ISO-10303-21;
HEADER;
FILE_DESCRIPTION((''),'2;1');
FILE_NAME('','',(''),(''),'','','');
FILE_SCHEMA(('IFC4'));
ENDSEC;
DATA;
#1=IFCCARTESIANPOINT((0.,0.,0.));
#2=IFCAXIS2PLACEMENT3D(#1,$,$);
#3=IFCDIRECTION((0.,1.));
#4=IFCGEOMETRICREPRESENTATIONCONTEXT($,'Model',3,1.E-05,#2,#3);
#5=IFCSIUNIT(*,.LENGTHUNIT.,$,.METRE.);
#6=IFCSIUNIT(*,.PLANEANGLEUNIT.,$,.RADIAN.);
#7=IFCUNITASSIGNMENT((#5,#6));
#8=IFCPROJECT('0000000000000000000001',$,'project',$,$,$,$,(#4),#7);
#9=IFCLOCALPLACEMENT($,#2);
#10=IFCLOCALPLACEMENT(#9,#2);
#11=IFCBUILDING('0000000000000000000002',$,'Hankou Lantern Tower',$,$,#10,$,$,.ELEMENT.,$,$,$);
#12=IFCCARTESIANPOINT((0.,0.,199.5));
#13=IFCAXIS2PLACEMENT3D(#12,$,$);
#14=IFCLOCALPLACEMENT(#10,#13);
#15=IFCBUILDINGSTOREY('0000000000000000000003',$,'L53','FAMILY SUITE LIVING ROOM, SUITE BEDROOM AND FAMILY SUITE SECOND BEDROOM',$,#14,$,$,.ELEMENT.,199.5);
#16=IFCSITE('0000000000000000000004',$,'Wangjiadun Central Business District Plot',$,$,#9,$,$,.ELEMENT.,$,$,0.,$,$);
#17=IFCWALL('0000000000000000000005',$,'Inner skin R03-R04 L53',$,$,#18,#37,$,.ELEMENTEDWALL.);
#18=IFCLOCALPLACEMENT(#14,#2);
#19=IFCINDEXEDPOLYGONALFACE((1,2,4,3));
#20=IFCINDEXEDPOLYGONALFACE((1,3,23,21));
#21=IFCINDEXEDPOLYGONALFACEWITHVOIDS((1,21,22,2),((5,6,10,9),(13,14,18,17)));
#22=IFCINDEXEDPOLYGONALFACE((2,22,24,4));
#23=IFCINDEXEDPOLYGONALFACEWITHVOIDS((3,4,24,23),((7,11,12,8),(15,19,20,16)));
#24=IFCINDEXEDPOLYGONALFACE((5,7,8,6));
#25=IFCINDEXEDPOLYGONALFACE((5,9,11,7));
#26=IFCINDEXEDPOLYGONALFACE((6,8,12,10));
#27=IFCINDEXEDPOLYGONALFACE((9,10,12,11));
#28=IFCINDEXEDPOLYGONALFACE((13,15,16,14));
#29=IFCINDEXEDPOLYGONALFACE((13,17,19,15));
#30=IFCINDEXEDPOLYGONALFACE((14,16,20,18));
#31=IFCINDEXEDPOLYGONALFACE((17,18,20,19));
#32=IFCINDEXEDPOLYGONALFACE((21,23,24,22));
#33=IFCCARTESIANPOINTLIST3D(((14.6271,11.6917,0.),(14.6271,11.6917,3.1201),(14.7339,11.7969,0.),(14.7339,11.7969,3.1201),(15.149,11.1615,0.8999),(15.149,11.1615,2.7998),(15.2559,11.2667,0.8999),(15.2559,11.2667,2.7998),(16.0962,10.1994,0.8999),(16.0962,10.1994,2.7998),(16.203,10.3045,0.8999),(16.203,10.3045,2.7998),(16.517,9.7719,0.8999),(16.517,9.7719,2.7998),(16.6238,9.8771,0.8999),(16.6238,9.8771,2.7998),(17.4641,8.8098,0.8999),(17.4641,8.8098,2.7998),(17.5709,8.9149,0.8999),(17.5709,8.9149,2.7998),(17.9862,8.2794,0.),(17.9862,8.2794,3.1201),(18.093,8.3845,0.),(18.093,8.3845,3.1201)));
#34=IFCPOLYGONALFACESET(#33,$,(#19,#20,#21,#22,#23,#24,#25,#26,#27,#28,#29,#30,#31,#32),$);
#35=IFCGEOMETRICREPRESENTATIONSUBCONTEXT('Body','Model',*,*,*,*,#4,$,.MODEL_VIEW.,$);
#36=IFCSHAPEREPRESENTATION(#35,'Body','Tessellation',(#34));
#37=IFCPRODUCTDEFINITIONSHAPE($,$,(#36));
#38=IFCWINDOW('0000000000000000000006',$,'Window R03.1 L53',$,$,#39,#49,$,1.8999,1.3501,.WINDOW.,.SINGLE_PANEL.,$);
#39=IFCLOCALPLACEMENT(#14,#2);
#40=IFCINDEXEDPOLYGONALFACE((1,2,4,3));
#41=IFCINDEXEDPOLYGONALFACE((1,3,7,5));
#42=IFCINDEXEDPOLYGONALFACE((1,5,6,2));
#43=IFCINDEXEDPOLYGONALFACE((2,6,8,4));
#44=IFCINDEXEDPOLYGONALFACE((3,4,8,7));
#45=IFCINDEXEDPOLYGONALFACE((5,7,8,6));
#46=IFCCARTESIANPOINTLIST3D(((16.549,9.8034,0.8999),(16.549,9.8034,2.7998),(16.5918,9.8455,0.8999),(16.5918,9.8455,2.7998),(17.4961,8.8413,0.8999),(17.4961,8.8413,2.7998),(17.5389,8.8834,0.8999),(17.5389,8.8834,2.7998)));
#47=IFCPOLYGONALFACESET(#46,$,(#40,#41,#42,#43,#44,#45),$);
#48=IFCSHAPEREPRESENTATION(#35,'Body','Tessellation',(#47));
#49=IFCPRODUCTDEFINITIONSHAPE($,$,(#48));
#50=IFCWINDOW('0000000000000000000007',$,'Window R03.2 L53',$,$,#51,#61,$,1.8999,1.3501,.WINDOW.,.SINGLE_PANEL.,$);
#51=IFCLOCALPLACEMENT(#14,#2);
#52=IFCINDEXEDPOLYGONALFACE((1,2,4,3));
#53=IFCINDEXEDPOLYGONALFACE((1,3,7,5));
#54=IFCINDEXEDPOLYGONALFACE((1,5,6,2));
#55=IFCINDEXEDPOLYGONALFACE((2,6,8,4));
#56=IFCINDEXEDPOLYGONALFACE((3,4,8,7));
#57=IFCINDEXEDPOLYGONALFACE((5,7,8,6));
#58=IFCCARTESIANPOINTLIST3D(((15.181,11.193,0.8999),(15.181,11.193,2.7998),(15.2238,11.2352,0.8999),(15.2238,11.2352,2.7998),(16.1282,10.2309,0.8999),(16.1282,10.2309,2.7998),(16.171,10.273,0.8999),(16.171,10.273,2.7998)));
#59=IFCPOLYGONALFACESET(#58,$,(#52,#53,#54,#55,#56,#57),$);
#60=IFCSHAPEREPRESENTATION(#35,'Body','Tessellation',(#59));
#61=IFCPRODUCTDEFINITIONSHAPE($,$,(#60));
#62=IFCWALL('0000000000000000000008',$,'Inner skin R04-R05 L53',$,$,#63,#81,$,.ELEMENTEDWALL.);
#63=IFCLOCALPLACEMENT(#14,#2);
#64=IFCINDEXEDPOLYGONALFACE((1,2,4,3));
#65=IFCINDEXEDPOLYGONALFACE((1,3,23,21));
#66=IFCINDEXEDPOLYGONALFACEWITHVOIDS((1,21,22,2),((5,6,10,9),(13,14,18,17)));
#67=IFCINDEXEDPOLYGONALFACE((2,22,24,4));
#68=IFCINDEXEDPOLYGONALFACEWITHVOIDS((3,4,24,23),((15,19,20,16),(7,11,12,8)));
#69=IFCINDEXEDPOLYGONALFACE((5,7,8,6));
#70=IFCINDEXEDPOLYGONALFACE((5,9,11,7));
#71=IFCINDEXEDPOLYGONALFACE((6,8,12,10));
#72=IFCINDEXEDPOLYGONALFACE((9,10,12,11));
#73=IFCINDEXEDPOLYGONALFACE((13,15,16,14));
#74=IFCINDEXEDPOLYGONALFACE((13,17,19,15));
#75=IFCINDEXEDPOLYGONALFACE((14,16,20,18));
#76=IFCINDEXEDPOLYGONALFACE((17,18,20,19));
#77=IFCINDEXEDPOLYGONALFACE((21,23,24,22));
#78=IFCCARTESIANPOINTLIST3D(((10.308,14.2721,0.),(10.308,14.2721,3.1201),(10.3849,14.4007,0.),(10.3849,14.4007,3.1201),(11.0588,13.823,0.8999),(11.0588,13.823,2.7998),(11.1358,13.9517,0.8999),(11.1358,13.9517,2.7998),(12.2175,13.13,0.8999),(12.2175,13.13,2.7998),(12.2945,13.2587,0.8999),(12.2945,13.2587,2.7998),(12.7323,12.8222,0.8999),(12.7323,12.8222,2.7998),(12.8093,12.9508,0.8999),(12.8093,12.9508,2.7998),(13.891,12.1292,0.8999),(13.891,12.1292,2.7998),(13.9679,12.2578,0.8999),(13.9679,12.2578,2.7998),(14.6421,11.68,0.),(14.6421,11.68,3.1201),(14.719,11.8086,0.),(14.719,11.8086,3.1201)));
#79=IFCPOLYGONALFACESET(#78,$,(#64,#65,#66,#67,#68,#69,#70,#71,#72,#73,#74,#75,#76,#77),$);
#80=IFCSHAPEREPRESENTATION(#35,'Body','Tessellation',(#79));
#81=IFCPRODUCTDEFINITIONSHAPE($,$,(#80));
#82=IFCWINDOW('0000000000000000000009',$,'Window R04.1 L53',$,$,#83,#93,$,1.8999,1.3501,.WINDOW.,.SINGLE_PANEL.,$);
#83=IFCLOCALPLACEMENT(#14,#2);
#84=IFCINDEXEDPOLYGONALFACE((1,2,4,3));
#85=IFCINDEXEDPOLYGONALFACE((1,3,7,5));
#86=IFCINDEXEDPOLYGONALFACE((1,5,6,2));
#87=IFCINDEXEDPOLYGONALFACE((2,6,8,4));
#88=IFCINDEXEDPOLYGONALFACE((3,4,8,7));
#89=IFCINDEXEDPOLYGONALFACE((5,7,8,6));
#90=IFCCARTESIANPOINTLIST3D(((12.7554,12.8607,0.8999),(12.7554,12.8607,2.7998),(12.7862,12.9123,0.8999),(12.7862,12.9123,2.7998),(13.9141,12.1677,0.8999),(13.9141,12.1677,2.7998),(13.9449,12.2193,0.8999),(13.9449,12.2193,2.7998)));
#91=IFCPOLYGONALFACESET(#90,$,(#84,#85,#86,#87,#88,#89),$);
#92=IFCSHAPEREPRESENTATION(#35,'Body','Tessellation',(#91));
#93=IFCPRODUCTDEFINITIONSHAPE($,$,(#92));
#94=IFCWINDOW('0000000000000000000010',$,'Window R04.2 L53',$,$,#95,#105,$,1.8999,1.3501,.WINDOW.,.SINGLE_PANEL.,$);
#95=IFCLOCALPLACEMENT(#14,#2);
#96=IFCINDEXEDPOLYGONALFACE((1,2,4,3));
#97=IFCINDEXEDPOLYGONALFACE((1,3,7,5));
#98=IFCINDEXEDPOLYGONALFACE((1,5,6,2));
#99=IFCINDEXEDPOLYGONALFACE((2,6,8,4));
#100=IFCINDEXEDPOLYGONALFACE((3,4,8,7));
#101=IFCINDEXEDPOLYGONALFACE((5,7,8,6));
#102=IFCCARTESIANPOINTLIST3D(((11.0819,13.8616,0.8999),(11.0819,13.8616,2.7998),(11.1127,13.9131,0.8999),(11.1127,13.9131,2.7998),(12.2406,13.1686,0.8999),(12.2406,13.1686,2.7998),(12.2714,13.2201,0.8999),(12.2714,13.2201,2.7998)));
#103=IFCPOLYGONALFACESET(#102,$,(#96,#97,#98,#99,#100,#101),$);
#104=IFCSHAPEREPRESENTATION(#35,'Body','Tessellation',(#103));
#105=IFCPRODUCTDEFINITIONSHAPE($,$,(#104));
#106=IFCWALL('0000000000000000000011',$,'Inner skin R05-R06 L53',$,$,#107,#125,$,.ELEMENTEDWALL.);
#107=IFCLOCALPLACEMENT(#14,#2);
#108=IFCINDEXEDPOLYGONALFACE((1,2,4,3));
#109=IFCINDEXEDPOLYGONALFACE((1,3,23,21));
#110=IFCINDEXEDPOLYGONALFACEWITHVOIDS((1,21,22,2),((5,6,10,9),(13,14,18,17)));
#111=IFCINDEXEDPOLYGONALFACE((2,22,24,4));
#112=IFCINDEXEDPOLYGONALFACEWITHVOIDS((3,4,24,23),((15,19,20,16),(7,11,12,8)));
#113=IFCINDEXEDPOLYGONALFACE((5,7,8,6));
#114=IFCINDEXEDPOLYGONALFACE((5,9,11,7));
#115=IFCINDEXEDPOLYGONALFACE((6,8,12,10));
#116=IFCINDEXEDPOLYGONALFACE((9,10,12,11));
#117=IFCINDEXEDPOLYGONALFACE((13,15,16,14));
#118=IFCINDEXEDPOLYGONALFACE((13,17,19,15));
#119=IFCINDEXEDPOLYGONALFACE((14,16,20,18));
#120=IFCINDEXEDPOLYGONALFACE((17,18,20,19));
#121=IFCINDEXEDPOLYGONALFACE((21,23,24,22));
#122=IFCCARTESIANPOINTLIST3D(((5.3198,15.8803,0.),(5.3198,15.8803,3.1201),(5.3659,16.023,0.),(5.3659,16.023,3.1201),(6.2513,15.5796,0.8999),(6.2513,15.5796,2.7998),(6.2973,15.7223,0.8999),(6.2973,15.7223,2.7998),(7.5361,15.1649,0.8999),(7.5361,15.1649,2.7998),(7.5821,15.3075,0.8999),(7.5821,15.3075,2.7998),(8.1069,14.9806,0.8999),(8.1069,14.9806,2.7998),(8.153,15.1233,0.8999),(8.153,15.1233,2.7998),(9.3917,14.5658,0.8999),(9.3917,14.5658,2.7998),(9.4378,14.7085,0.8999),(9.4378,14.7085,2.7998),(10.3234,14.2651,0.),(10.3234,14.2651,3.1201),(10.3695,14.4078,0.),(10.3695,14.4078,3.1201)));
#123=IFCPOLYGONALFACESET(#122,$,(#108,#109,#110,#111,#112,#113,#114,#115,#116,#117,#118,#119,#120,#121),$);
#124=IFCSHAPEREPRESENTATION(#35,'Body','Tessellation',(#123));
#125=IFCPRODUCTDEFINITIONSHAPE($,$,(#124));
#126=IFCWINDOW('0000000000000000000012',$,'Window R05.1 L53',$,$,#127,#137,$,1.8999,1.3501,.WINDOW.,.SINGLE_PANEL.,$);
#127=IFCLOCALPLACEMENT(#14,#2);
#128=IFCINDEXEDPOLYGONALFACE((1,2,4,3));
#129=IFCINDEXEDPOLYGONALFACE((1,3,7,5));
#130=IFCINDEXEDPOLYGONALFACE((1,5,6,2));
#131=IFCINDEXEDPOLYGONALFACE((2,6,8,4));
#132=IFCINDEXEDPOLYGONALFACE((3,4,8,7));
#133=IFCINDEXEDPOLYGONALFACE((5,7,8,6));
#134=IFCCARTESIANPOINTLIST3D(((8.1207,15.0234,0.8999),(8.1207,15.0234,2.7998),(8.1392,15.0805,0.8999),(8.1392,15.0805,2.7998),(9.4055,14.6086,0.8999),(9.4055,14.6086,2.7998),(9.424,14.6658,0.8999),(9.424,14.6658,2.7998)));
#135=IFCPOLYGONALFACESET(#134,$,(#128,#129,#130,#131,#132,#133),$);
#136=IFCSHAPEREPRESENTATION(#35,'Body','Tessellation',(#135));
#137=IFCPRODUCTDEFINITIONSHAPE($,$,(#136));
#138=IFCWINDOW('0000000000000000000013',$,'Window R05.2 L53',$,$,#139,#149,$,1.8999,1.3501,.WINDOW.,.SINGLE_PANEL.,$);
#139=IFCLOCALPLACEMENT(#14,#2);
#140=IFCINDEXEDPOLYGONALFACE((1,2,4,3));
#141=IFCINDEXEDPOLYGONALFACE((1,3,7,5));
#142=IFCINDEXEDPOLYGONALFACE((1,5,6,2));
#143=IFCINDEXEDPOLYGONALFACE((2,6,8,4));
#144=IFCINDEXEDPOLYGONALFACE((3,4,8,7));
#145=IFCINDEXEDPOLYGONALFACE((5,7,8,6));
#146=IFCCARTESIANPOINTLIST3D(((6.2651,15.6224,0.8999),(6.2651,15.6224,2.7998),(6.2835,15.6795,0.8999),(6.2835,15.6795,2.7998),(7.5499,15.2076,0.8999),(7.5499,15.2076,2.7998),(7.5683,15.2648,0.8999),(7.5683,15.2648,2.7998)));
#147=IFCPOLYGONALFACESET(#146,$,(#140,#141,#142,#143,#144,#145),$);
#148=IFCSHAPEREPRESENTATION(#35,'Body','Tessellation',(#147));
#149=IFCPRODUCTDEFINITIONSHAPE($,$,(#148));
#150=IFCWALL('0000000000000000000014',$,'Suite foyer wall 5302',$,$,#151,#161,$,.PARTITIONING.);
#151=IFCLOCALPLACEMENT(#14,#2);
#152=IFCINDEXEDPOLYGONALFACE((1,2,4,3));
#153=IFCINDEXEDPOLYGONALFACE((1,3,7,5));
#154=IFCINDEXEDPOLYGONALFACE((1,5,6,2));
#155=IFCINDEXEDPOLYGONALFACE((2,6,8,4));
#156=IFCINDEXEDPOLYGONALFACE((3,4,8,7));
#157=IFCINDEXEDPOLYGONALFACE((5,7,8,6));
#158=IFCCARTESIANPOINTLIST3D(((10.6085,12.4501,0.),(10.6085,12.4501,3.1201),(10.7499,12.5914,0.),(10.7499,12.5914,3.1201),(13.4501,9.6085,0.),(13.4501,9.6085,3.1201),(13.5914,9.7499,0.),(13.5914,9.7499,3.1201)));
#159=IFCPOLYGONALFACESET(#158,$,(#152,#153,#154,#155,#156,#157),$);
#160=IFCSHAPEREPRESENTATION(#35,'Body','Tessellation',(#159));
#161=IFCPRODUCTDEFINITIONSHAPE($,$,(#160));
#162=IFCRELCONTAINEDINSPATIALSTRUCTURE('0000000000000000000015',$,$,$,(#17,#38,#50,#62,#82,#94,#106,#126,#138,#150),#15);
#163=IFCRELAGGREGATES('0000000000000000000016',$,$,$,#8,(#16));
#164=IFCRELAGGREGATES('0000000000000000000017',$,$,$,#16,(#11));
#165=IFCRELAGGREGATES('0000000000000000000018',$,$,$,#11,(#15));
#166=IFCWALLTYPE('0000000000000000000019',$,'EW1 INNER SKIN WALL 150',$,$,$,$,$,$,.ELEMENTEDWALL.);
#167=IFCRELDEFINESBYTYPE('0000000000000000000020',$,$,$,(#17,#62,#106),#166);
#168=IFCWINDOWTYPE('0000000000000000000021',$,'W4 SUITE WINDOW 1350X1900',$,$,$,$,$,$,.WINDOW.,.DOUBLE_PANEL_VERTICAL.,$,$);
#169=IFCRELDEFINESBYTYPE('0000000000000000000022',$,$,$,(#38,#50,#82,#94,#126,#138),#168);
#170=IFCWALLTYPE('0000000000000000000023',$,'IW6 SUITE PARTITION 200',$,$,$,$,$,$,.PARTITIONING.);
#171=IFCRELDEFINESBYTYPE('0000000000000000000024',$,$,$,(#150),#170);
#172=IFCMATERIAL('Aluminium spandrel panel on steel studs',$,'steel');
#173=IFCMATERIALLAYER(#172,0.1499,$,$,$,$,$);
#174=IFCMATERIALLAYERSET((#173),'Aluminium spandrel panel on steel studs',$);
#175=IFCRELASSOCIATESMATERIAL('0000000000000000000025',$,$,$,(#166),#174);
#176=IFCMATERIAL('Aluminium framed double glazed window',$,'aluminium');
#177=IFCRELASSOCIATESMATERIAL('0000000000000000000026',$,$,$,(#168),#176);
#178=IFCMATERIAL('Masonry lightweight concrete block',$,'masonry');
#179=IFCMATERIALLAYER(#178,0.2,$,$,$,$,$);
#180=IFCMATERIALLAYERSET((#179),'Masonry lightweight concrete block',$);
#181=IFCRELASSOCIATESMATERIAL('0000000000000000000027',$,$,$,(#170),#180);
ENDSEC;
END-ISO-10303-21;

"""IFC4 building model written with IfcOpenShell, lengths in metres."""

from ifc_helpers import new_model, si_unit, direction, frame, frame_2d, origin, place, context, subcontext, project, spatial, rectangle, extrude, material, layer, layer_set, type_object, element, fill, save


model = new_model("IFC4")

# Units and contexts
model_context = context("Model", 3, precision=1e-05, world=origin(), true_north=direction((0.0, 1.0)))
body_context = subcontext(model_context, "Body", "Model", "MODEL_VIEW")
ifc_project = project(units=[si_unit("LENGTHUNIT", "METRE"), si_unit("PLANEANGLEUNIT", "RADIAN")], contexts=[model_context])

# Site, building, storey
site_placement = place(None, origin())
site = spatial("IfcSite", under=ifc_project, at=site_placement, Name="Wangjiadun Central Business District Plot", CompositionType="ELEMENT", RefElevation=0.0)
building_placement = place(site_placement, origin())
building = spatial("IfcBuilding", under=site, at=building_placement, Name="Hankou Lantern Tower", CompositionType="ELEMENT")
storey_placement = place(building_placement, frame((0.0, 0.0, 199.5)))
storey = spatial("IfcBuildingStorey", under=building, at=storey_placement, Name="L53", Description="FAMILY SUITE LIVING ROOM, SUITE BEDROOM AND FAMILY SUITE SECOND BEDROOM", CompositionType="ELEMENT", Elevation=199.5)

# Walls, openings, windows
ifc_material_1 = material(Name="Aluminium spandrel panel on steel studs", Category="steel")
ifc_layer_1 = layer(ifc_material_1, 0.1499)
ifc_layer_set_1 = layer_set([ifc_layer_1], Name="Aluminium spandrel panel on steel studs")
wall_type_1 = type_object("IfcWallType", Name="EW1 INNER SKIN WALL 150", PredefinedType="ELEMENTEDWALL", material=ifc_layer_set_1)
wall_1_placement = place(storey_placement, frame((18.0396, 8.332, 0.0), z_axis=(0.0, 0.0, 1.0), x_axis=(-0.701527, 0.712643, 0.0)))
wall_1 = element("IfcWall", 1, at=wall_1_placement, inside=storey, type_object=wall_type_1, Name="Inner skin R03-R04 L53", PredefinedType="ELEMENTEDWALL", context=body_context, shape_type="SweptSolid", body=[
    extrude(rectangle(XDim=4.7883, YDim=0.1499, at=frame_2d((2.394, 0.0))), origin(), (0.0, 0.0, 1.0), 3.1201),
])
opening_1_placement = place(wall_1_placement, frame((0.7441, 0.0, 0.8999)))
opening_1 = element("IfcOpeningElement", 2, at=opening_1_placement, cuts=wall_1, PredefinedType="OPENING", context=body_context, shape_type="SweptSolid", body=[
    extrude(rectangle(XDim=1.3501, YDim=1.8999, at=frame_2d((0.675, 0.95))), frame((0.0, 0.085, 0.0), z_axis=(0.0, -1.0, 0.0), x_axis=(1.0, 0.0, 0.0)), (0.0, 0.0, 1.0), 0.1699),
])
opening_2_placement = place(wall_1_placement, frame((2.6941, 0.0, 0.8999)))
opening_2 = element("IfcOpeningElement", 3, at=opening_2_placement, cuts=wall_1, PredefinedType="OPENING", context=body_context, shape_type="SweptSolid", body=[
    extrude(rectangle(XDim=1.3501, YDim=1.8999, at=frame_2d((0.675, 0.95))), frame((0.0, 0.085, 0.0), z_axis=(0.0, -1.0, 0.0), x_axis=(1.0, 0.0, 0.0)), (0.0, 0.0, 1.0), 0.1699),
])
ifc_material_2 = material(Name="Aluminium framed double glazed window", Category="aluminium")
window_type = type_object("IfcWindowType", Name="W4 SUITE WINDOW 1350X1900", PartitioningType="DOUBLE_PANEL_VERTICAL", PredefinedType="WINDOW", material=ifc_material_2)
window_1_placement = place(opening_1_placement, origin())
window_1 = element("IfcWindow", 4, at=window_1_placement, inside=storey, type_object=window_type, Name="Window R03.1 L53", OverallHeight=1.8999, OverallWidth=1.3501, PartitioningType="SINGLE_PANEL", PredefinedType="WINDOW", context=body_context, shape_type="SweptSolid", body=[
    extrude(rectangle(XDim=1.3501, YDim=1.8999, at=frame_2d((0.675, 0.95))), frame((0.0, 0.03, 0.0), z_axis=(0.0, -1.0, 0.0), x_axis=(1.0, 0.0, 0.0)), (0.0, 0.0, 1.0), 0.0601),
])
fill(opening_1, window_1)
window_2_placement = place(opening_2_placement, origin())
window_2 = element("IfcWindow", 5, at=window_2_placement, inside=storey, type_object=window_type, Name="Window R03.2 L53", OverallHeight=1.8999, OverallWidth=1.3501, PartitioningType="SINGLE_PANEL", PredefinedType="WINDOW", context=body_context, shape_type="SweptSolid", body=[
    extrude(rectangle(XDim=1.3501, YDim=1.8999, at=frame_2d((0.675, 0.95))), frame((0.0, 0.03, 0.0), z_axis=(0.0, -1.0, 0.0), x_axis=(1.0, 0.0, 0.0)), (0.0, 0.0, 1.0), 0.0601),
])
fill(opening_2, window_2)
wall_2_placement = place(storey_placement, frame((14.6804, 11.7444, 0.0), z_axis=(0.0, 0.0, 1.0), x_axis=(-0.858222, 0.51328, 0.0)))
wall_2 = element("IfcWall", 6, at=wall_2_placement, inside=storey, type_object=wall_type_1, Name="Inner skin R04-R05 L53", PredefinedType="ELEMENTEDWALL", context=body_context, shape_type="SweptSolid", body=[
    extrude(rectangle(XDim=5.05, YDim=0.1499, at=frame_2d((2.5249, 0.0))), origin(), (0.0, 0.0, 1.0), 3.1201),
])
opening_3_placement = place(wall_2_placement, frame((0.875, 0.0, 0.8999)))
opening_3 = element("IfcOpeningElement", 7, at=opening_3_placement, cuts=wall_2, PredefinedType="OPENING", context=body_context, shape_type="SweptSolid", body=[
    extrude(rectangle(XDim=1.3501, YDim=1.8999, at=frame_2d((0.675, 0.95))), frame((0.0, 0.085, 0.0), z_axis=(0.0, -1.0, 0.0), x_axis=(1.0, 0.0, 0.0)), (0.0, 0.0, 1.0), 0.1699),
])
opening_4_placement = place(wall_2_placement, frame((2.825, 0.0, 0.8999)))
opening_4 = element("IfcOpeningElement", 8, at=opening_4_placement, cuts=wall_2, PredefinedType="OPENING", context=body_context, shape_type="SweptSolid", body=[
    extrude(rectangle(XDim=1.3501, YDim=1.8999, at=frame_2d((0.675, 0.95))), frame((0.0, 0.085, 0.0), z_axis=(0.0, -1.0, 0.0), x_axis=(1.0, 0.0, 0.0)), (0.0, 0.0, 1.0), 0.1699),
])
window_3_placement = place(opening_3_placement, origin())
window_3 = element("IfcWindow", 9, at=window_3_placement, inside=storey, type_object=window_type, Name="Window R04.1 L53", OverallHeight=1.8999, OverallWidth=1.3501, PartitioningType="SINGLE_PANEL", PredefinedType="WINDOW", context=body_context, shape_type="SweptSolid", body=[
    extrude(rectangle(XDim=1.3501, YDim=1.8999, at=frame_2d((0.675, 0.95))), frame((0.0, 0.03, 0.0), z_axis=(0.0, -1.0, 0.0), x_axis=(1.0, 0.0, 0.0)), (0.0, 0.0, 1.0), 0.0601),
])
fill(opening_3, window_3)
window_4_placement = place(opening_4_placement, origin())
window_4 = element("IfcWindow", 10, at=window_4_placement, inside=storey, type_object=window_type, Name="Window R04.2 L53", OverallHeight=1.8999, OverallWidth=1.3501, PartitioningType="SINGLE_PANEL", PredefinedType="WINDOW", context=body_context, shape_type="SweptSolid", body=[
    extrude(rectangle(XDim=1.3501, YDim=1.8999, at=frame_2d((0.675, 0.95))), frame((0.0, 0.03, 0.0), z_axis=(0.0, -1.0, 0.0), x_axis=(1.0, 0.0, 0.0)), (0.0, 0.0, 1.0), 0.0601),
])
fill(opening_4, window_4)
wall_3_placement = place(storey_placement, frame((10.3464, 14.3364, 0.0), z_axis=(0.0, 0.0, 1.0), x_axis=(-0.951645, 0.307201, 0.0)))
wall_3 = element("IfcWall", 11, at=wall_3_placement, inside=storey, type_object=wall_type_1, Name="Inner skin R05-R06 L53", PredefinedType="ELEMENTEDWALL", context=body_context, shape_type="SweptSolid", body=[
    extrude(rectangle(XDim=5.2578, YDim=0.1499, at=frame_2d((2.6289, 0.0))), origin(), (0.0, 0.0, 1.0), 3.1201),
])
opening_5_placement = place(wall_3_placement, frame((0.979, 0.0, 0.8999)))
opening_5 = element("IfcOpeningElement", 12, at=opening_5_placement, cuts=wall_3, PredefinedType="OPENING", context=body_context, shape_type="SweptSolid", body=[
    extrude(rectangle(XDim=1.3501, YDim=1.8999, at=frame_2d((0.675, 0.95))), frame((0.0, 0.085, 0.0), z_axis=(0.0, -1.0, 0.0), x_axis=(1.0, 0.0, 0.0)), (0.0, 0.0, 1.0), 0.1699),
])
opening_6_placement = place(wall_3_placement, frame((2.929, 0.0, 0.8999)))
opening_6 = element("IfcOpeningElement", 13, at=opening_6_placement, cuts=wall_3, PredefinedType="OPENING", context=body_context, shape_type="SweptSolid", body=[
    extrude(rectangle(XDim=1.3501, YDim=1.8999, at=frame_2d((0.675, 0.95))), frame((0.0, 0.085, 0.0), z_axis=(0.0, -1.0, 0.0), x_axis=(1.0, 0.0, 0.0)), (0.0, 0.0, 1.0), 0.1699),
])
window_5_placement = place(opening_5_placement, origin())
window_5 = element("IfcWindow", 14, at=window_5_placement, inside=storey, type_object=window_type, Name="Window R05.1 L53", OverallHeight=1.8999, OverallWidth=1.3501, PartitioningType="SINGLE_PANEL", PredefinedType="WINDOW", context=body_context, shape_type="SweptSolid", body=[
    extrude(rectangle(XDim=1.3501, YDim=1.8999, at=frame_2d((0.675, 0.95))), frame((0.0, 0.03, 0.0), z_axis=(0.0, -1.0, 0.0), x_axis=(1.0, 0.0, 0.0)), (0.0, 0.0, 1.0), 0.0601),
])
fill(opening_5, window_5)
window_6_placement = place(opening_6_placement, origin())
window_6 = element("IfcWindow", 15, at=window_6_placement, inside=storey, type_object=window_type, Name="Window R05.2 L53", OverallHeight=1.8999, OverallWidth=1.3501, PartitioningType="SINGLE_PANEL", PredefinedType="WINDOW", context=body_context, shape_type="SweptSolid", body=[
    extrude(rectangle(XDim=1.3501, YDim=1.8999, at=frame_2d((0.675, 0.95))), frame((0.0, 0.03, 0.0), z_axis=(0.0, -1.0, 0.0), x_axis=(1.0, 0.0, 0.0)), (0.0, 0.0, 1.0), 0.0601),
])
fill(opening_6, window_6)

# Wall
ifc_material_3 = material(Name="Masonry lightweight concrete block", Category="masonry")
ifc_layer_2 = layer(ifc_material_3, 0.2)
ifc_layer_set_2 = layer_set([ifc_layer_2], Name="Masonry lightweight concrete block")
wall_type_2 = type_object("IfcWallType", Name="IW6 SUITE PARTITION 200", PredefinedType="PARTITIONING", material=ifc_layer_set_2)
wall_4_placement = place(storey_placement, frame((13.5208, 9.6792, 0.0), z_axis=(0.0, 0.0, 1.0), x_axis=(-0.707107, 0.707107, 0.0)))
element("IfcWall", 16, at=wall_4_placement, inside=storey, type_object=wall_type_2, Name="Suite foyer wall 5302", PredefinedType="PARTITIONING", context=body_context, shape_type="SweptSolid", body=[
    extrude(rectangle(XDim=4.0186, YDim=0.2, at=frame_2d((2.0093, 0.0))), origin(), (0.0, 0.0, 1.0), 3.1201),
])

save(model, "model.ifc")
